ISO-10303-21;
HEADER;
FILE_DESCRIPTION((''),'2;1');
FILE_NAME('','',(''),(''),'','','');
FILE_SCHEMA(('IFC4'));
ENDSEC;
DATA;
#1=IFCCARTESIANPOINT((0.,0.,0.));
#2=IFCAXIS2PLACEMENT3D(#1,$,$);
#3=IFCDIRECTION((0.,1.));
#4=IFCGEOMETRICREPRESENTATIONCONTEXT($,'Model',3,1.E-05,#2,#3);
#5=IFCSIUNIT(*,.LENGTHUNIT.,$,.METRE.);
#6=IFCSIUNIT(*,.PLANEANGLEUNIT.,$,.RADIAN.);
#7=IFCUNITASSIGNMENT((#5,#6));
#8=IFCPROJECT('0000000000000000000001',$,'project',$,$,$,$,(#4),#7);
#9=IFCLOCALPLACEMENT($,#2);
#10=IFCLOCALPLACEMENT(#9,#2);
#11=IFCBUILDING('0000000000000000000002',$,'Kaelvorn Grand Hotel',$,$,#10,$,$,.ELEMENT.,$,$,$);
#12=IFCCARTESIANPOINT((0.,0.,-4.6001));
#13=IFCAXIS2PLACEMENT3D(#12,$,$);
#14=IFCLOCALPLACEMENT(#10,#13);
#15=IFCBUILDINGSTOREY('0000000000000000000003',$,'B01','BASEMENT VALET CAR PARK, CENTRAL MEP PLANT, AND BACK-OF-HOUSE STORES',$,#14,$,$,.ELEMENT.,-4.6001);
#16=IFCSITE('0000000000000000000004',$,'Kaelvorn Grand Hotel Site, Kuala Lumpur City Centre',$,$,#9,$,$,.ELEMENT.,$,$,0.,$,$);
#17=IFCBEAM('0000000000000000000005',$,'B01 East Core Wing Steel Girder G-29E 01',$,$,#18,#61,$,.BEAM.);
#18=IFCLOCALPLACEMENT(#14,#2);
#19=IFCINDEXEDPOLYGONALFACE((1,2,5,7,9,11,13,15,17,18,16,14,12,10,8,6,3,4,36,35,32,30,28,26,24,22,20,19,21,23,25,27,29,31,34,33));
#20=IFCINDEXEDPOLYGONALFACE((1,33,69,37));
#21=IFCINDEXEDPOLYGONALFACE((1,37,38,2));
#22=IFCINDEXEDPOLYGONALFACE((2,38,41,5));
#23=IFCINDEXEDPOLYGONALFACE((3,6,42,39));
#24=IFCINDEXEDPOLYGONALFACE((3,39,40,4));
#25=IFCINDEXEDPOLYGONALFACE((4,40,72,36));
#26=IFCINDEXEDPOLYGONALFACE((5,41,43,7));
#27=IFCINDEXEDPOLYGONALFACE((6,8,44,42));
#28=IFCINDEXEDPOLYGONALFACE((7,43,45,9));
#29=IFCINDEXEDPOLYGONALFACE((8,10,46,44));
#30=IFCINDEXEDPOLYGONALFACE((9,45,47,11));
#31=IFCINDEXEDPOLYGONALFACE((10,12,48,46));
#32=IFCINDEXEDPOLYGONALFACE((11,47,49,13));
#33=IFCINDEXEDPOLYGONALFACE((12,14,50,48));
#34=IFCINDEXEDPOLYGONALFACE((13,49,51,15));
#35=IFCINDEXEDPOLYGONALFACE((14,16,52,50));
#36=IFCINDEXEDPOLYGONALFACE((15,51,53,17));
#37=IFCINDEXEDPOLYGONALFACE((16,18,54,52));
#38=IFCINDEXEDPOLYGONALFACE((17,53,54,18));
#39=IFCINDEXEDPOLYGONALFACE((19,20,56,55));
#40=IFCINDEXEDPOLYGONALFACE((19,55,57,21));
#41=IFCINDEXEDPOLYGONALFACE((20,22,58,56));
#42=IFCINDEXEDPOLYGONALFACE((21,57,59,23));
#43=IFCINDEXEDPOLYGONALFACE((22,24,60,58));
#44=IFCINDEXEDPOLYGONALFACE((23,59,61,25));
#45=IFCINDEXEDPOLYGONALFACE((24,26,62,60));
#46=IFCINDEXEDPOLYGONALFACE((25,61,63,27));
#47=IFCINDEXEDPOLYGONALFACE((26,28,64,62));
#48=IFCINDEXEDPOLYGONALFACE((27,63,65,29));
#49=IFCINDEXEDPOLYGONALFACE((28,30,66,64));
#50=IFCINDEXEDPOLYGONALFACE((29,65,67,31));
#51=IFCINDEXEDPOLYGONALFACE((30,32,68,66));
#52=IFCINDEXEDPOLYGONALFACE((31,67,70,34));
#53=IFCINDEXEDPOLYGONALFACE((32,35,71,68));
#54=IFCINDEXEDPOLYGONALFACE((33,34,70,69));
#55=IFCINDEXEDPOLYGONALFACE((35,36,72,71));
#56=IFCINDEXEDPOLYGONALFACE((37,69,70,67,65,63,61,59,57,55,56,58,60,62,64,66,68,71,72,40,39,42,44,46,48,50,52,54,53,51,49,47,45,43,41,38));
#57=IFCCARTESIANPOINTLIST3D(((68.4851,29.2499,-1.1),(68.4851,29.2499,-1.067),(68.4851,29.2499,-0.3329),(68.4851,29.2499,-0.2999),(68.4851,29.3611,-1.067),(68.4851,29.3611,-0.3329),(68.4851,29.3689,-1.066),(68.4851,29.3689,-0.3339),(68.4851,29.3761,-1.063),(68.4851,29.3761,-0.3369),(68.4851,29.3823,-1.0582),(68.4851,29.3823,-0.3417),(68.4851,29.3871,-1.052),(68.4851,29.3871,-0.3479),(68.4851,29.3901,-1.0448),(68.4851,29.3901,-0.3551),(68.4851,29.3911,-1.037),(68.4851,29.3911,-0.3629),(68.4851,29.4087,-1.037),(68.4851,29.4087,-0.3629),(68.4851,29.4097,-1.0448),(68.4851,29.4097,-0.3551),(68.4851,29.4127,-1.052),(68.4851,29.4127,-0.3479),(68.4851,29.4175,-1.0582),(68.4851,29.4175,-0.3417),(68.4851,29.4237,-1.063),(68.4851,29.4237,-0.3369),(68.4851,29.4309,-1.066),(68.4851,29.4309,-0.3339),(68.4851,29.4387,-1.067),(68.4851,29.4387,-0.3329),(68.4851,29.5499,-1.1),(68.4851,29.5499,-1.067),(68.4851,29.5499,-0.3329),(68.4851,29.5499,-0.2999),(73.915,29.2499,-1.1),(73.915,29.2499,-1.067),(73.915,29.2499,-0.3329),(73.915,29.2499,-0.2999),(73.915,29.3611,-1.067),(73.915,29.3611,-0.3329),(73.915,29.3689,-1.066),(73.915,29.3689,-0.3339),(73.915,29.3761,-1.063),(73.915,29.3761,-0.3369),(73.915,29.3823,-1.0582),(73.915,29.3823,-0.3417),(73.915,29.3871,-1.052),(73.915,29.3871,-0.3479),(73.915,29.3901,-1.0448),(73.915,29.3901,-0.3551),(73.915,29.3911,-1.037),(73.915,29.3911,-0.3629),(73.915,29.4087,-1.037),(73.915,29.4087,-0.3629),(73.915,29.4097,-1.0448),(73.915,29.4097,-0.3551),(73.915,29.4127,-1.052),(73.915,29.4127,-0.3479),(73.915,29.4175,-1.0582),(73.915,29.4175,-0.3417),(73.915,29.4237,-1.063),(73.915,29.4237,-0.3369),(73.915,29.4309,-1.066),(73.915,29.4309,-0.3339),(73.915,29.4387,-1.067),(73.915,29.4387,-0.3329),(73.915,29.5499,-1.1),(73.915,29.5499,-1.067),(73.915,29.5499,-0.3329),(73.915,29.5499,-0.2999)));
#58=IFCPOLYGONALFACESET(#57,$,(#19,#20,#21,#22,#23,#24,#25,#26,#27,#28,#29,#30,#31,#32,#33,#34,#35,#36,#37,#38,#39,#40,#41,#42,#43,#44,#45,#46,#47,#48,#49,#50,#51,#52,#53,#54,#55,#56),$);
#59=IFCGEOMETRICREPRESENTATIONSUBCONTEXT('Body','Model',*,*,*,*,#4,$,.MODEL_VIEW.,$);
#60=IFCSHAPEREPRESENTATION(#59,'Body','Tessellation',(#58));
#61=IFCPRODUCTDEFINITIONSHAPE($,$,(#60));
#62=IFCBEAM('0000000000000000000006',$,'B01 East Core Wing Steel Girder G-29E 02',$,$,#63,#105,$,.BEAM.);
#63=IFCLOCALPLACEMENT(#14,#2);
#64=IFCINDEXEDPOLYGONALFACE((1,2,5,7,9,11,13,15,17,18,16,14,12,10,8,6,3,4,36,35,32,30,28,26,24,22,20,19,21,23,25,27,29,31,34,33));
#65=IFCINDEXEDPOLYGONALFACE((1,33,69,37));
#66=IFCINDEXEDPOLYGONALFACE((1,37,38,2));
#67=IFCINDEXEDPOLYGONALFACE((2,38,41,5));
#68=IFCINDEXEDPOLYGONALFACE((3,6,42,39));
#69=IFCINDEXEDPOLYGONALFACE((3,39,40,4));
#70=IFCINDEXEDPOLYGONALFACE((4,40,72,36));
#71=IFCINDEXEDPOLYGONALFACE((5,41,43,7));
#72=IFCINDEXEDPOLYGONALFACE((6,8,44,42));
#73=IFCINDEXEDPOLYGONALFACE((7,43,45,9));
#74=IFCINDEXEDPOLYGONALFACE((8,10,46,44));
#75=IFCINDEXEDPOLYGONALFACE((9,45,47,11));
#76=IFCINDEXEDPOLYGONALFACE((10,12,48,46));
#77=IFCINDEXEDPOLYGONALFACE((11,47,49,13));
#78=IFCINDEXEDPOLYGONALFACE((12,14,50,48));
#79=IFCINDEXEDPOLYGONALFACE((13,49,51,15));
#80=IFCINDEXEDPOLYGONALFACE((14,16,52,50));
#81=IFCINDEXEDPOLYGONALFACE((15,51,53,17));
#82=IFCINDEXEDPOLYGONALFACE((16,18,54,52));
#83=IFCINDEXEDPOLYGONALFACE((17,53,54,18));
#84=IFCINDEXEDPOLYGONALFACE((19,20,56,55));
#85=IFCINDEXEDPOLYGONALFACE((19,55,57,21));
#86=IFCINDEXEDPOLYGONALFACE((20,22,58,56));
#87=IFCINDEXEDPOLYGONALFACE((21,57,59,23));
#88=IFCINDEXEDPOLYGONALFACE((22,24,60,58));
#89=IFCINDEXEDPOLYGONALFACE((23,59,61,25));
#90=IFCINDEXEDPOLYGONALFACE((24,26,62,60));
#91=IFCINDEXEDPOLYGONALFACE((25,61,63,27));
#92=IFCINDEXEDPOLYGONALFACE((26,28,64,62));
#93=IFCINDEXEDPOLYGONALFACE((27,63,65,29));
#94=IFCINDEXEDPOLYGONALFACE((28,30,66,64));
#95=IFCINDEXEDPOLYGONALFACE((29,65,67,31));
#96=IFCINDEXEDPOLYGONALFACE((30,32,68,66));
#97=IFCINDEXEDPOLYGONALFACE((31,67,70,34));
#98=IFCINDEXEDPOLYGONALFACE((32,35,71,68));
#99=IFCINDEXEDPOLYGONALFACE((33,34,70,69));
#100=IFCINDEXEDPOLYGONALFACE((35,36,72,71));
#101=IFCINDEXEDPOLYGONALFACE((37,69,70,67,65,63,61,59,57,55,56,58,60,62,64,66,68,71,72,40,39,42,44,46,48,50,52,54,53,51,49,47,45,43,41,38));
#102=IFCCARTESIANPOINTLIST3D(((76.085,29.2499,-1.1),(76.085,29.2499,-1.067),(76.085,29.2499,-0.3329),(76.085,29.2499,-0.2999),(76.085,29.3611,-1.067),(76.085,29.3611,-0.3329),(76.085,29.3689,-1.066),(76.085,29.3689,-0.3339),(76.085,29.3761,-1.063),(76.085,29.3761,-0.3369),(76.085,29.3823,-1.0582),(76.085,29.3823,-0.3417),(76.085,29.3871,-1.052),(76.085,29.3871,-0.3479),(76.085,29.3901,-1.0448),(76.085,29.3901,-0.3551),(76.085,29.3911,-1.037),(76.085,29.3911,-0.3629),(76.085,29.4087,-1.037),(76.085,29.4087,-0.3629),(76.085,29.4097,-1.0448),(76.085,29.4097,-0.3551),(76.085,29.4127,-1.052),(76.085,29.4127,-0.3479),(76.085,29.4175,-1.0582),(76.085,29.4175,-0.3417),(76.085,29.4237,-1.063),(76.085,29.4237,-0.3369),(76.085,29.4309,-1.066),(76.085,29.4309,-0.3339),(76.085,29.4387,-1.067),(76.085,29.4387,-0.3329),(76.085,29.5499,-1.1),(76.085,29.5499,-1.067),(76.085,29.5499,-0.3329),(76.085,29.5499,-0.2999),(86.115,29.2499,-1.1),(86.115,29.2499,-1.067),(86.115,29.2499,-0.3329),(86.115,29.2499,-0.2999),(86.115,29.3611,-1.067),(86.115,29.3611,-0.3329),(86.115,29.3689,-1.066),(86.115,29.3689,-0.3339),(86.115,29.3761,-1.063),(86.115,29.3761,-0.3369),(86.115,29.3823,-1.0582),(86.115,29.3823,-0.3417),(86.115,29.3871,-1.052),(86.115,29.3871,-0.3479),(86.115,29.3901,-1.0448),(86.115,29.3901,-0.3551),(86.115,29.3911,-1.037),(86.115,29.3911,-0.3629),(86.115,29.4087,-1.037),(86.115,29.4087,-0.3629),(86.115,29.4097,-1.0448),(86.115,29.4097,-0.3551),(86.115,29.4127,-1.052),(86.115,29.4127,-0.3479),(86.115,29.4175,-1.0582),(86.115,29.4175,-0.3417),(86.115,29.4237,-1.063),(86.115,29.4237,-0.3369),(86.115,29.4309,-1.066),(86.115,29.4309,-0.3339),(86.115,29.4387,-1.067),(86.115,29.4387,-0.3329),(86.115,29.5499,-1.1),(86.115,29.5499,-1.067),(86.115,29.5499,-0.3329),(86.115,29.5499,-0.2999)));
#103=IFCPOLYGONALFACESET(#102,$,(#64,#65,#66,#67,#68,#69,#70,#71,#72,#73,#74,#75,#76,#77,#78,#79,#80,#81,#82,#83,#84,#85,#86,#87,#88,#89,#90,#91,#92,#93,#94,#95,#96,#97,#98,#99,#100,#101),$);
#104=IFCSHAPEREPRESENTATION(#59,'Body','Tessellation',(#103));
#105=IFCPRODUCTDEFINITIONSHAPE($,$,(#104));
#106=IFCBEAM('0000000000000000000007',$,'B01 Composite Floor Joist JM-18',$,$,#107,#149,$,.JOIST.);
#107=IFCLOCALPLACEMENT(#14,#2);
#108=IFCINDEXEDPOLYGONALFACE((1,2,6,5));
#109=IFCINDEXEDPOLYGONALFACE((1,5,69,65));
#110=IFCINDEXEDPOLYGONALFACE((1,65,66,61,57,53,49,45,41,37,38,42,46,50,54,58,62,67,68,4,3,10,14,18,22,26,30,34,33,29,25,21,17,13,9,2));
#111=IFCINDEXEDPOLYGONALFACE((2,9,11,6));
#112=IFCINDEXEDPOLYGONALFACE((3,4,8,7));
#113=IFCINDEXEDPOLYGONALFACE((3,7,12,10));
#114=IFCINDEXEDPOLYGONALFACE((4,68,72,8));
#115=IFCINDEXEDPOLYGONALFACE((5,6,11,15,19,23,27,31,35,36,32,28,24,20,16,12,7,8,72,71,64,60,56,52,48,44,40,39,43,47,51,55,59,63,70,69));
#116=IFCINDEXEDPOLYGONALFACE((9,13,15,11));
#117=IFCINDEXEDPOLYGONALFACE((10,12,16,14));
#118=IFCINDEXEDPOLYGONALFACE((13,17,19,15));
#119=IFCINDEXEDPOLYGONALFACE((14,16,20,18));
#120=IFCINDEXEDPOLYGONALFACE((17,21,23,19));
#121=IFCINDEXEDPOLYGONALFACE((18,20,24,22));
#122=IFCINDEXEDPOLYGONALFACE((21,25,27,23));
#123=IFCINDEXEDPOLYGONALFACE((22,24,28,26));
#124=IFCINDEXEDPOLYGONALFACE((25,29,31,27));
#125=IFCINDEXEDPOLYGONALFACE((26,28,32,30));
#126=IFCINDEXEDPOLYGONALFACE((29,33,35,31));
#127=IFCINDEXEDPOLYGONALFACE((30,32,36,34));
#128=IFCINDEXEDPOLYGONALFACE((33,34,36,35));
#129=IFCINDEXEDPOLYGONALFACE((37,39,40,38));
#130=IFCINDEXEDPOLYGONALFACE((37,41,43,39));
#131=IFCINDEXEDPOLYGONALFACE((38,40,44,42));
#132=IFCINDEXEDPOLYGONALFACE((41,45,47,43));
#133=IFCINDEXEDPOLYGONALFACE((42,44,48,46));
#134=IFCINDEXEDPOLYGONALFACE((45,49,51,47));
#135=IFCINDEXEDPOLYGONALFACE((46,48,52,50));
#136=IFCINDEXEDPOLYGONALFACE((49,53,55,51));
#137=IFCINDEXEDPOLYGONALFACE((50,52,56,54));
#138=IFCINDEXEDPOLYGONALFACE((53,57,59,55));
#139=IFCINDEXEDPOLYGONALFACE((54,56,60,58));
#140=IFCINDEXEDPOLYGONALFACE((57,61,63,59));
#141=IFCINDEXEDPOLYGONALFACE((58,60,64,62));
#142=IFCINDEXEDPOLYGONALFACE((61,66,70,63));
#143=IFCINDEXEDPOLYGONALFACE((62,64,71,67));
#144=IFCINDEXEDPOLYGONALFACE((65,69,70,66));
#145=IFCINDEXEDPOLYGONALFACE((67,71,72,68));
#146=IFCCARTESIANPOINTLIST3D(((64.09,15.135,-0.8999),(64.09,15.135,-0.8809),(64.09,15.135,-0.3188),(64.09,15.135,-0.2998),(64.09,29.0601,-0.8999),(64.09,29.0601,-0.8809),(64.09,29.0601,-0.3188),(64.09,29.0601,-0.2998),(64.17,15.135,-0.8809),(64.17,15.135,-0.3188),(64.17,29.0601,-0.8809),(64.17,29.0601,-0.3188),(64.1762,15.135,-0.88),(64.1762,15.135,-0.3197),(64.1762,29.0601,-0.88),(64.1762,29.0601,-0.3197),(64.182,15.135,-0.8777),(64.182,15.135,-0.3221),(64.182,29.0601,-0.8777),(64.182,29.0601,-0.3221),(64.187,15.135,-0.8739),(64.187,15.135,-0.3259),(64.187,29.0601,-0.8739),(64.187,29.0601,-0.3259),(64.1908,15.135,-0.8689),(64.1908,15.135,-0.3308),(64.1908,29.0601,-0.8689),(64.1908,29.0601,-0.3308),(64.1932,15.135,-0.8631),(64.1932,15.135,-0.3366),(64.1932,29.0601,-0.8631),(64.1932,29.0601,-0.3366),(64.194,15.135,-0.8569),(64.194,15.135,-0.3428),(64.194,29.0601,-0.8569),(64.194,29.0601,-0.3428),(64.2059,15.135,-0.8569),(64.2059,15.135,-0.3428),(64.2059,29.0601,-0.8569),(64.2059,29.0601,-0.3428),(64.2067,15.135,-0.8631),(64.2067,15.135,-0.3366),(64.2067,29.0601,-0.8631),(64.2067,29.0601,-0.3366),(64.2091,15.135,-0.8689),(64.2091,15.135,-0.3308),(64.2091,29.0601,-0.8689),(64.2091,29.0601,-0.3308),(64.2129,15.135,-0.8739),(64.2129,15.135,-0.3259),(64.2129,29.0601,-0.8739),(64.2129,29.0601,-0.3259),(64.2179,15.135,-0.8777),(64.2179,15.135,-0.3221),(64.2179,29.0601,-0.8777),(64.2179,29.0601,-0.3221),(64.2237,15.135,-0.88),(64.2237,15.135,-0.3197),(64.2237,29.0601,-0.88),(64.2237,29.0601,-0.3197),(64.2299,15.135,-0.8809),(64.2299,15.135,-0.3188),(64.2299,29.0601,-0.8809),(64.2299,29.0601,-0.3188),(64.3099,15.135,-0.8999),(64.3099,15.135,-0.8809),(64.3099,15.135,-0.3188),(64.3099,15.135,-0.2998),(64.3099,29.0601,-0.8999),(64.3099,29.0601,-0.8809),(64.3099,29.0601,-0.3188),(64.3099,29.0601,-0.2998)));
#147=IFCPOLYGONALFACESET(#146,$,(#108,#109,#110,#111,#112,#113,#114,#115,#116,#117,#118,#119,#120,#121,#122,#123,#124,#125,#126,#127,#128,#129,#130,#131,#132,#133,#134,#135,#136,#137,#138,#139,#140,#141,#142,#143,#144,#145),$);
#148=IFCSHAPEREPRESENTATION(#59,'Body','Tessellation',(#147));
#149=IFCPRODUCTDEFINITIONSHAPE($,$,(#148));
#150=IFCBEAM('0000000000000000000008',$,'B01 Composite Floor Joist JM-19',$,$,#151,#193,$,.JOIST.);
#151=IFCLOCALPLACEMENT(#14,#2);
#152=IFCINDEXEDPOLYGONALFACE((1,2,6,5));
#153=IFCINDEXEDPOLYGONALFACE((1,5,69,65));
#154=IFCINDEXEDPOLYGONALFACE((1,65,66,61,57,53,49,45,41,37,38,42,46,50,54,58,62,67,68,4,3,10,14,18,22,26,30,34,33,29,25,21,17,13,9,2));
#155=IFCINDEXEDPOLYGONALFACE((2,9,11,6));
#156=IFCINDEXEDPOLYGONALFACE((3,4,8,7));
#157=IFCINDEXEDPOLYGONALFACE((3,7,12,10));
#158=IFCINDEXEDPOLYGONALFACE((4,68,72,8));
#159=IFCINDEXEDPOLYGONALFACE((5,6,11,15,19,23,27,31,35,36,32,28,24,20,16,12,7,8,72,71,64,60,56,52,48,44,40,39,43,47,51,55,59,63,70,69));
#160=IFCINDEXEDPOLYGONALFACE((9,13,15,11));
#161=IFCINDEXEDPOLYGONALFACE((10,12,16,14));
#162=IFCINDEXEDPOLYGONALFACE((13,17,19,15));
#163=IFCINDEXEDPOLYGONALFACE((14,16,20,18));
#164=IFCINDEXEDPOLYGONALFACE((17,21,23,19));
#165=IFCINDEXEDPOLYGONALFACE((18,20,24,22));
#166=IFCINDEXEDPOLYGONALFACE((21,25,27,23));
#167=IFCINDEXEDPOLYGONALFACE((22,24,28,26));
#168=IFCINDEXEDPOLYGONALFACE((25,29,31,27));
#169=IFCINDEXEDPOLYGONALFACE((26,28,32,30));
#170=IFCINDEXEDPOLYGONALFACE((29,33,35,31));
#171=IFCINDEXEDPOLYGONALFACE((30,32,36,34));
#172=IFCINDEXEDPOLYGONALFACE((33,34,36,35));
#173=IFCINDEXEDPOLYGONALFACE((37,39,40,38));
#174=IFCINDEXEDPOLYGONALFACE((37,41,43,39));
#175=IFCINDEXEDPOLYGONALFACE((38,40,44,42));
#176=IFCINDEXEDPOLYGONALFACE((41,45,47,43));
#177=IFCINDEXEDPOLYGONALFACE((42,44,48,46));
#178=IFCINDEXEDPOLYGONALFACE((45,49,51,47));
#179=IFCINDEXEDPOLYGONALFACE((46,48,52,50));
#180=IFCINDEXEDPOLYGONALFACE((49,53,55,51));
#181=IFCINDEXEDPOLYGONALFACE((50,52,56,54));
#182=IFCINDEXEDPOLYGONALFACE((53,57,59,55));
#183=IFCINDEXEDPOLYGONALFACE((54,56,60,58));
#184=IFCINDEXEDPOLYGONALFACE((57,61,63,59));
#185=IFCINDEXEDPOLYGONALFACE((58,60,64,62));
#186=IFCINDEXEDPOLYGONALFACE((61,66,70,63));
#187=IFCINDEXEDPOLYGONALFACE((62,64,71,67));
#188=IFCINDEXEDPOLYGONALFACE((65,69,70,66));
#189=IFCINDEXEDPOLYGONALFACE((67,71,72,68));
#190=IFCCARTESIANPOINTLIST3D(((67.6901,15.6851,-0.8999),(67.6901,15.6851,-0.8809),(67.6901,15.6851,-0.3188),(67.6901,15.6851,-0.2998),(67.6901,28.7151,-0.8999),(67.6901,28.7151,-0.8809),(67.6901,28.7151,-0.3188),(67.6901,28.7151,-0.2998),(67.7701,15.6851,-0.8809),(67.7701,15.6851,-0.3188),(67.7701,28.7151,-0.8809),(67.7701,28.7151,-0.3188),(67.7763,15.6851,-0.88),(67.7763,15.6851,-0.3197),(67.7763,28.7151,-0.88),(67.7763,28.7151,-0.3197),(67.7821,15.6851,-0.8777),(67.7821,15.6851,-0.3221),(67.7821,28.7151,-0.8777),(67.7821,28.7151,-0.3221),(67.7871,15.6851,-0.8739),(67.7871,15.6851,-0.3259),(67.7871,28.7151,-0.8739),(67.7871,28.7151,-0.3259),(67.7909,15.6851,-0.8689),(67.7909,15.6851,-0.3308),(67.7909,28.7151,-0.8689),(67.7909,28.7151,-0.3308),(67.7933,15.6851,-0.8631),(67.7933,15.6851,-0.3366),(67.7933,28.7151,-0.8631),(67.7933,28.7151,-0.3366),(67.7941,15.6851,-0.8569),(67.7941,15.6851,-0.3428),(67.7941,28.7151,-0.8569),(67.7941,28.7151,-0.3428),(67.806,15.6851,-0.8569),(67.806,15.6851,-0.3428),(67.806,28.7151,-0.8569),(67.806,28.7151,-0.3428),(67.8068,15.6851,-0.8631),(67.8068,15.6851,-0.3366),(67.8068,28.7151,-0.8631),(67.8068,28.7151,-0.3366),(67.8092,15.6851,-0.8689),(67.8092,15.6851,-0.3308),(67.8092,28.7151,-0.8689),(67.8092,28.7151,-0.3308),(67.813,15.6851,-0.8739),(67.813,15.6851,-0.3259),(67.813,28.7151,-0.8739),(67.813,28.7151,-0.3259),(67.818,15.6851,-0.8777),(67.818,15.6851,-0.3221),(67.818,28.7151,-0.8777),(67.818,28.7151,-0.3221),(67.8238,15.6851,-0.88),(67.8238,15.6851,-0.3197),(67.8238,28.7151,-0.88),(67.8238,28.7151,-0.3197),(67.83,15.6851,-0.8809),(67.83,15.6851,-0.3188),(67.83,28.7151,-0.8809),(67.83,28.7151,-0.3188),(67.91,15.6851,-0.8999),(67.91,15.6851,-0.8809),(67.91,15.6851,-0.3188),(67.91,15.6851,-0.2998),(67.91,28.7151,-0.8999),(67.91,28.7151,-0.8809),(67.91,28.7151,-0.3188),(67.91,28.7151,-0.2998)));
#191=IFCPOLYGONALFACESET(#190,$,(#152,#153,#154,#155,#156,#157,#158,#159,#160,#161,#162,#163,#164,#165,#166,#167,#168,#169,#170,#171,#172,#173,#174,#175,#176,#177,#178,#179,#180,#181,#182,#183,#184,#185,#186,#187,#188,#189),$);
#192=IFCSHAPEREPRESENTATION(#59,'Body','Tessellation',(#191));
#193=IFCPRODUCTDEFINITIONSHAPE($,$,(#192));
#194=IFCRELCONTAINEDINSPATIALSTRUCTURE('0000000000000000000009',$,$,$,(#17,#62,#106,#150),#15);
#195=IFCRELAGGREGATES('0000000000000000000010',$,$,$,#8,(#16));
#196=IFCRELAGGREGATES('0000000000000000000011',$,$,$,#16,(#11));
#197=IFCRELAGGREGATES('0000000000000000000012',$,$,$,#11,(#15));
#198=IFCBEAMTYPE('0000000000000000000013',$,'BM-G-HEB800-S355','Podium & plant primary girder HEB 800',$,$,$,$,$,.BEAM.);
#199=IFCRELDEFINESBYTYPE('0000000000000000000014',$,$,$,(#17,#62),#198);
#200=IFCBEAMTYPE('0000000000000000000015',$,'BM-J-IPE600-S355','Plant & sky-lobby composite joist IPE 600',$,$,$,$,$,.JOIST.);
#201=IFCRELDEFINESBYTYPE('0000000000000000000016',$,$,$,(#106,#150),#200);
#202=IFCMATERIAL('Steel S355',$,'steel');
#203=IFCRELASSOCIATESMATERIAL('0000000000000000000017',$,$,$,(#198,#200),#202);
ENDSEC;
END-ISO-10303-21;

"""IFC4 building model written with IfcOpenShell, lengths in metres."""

from ifc_helpers import new_model, si_unit, direction, frame, origin, origin_2d, place, context, subcontext, project, spatial, i_section, extrude, material, material_profile, profile_set, type_object, element, save


model = new_model("IFC4")

# Units and contexts
model_context = context("Model", 3, precision=1e-05, world=origin(), true_north=direction((0.0, 1.0)))
body_context = subcontext(model_context, "Body", "Model", "MODEL_VIEW")
ifc_project = project(units=[si_unit("LENGTHUNIT", "METRE"), si_unit("PLANEANGLEUNIT", "RADIAN")], contexts=[model_context])

# Site, building, storey
site_placement = place(None, origin())
site = spatial("IfcSite", under=ifc_project, at=site_placement, Name="Kaelvorn Grand Hotel Site, Kuala Lumpur City Centre", CompositionType="ELEMENT", RefElevation=0.0)
building_placement = place(site_placement, origin())
building = spatial("IfcBuilding", under=site, at=building_placement, Name="Kaelvorn Grand Hotel", CompositionType="ELEMENT")
storey_placement = place(building_placement, frame((0.0, 0.0, -4.6001)))
storey = spatial("IfcBuildingStorey", under=building, at=storey_placement, Name="B01", Description="BASEMENT VALET CAR PARK, CENTRAL MEP PLANT, AND BACK-OF-HOUSE STORES", CompositionType="ELEMENT", Elevation=-4.6001)

# Beams
ifc_material_1 = material(Name="Steel S355", Category="steel")
ifc_material_profile_1 = material_profile(ifc_material_1, i_section(OverallWidth=0.3, OverallDepth=0.8, WebThickness=0.0176, FlangeThickness=0.033, FilletRadius=0.03, at=origin_2d()), Name="HEB 800")
ifc_profile_set_1 = profile_set([ifc_material_profile_1], Name="Steel S355")
beam_type_1 = type_object("IfcBeamType", Name="BM-G-HEB800-S355", Description="Podium & plant primary girder HEB 800", PredefinedType="BEAM", material=ifc_profile_set_1)
beam_1_placement = place(storey_placement, frame((68.4851, 29.3999, -0.7), z_axis=(1.0, 0.0, 0.0), x_axis=(0.0, 1.0, 0.0)))
element("IfcBeam", 1, at=beam_1_placement, inside=storey, type_object=beam_type_1, Name="B01 East Core Wing Steel Girder G-29E 01", PredefinedType="BEAM", context=body_context, shape_type="SweptSolid", body=[
    extrude(i_section(OverallWidth=0.3, OverallDepth=0.8, WebThickness=0.0176, FlangeThickness=0.033, FilletRadius=0.03, at=origin_2d()), origin(), (0.0, 0.0, 1.0), 5.4299),
])
beam_2_placement = place(storey_placement, frame((76.085, 29.3999, -0.7), z_axis=(1.0, 0.0, 0.0), x_axis=(0.0, 1.0, 0.0)))
element("IfcBeam", 2, at=beam_2_placement, inside=storey, type_object=beam_type_1, Name="B01 East Core Wing Steel Girder G-29E 02", PredefinedType="BEAM", context=body_context, shape_type="SweptSolid", body=[
    extrude(i_section(OverallWidth=0.3, OverallDepth=0.8, WebThickness=0.0176, FlangeThickness=0.033, FilletRadius=0.03, at=origin_2d()), origin(), (0.0, 0.0, 1.0), 10.03),
])
ifc_material_profile_2 = material_profile(ifc_material_1, i_section(OverallWidth=0.22, OverallDepth=0.6001, WebThickness=0.012, FlangeThickness=0.019, FilletRadius=0.0239, at=origin_2d()), Name="IPE 600")
ifc_profile_set_2 = profile_set([ifc_material_profile_2], Name="Steel S355")
beam_type_2 = type_object("IfcBeamType", Name="BM-J-IPE600-S355", Description="Plant & sky-lobby composite joist IPE 600", PredefinedType="JOIST", material=ifc_profile_set_2)
beam_3_placement = place(storey_placement, frame((64.2, 15.135, -0.5999), z_axis=(0.0, 1.0, 0.0), x_axis=(-1.0, 0.0, 0.0)))
element("IfcBeam", 3, at=beam_3_placement, inside=storey, type_object=beam_type_2, Name="B01 Composite Floor Joist JM-18", PredefinedType="JOIST", context=body_context, shape_type="SweptSolid", body=[
    extrude(i_section(OverallWidth=0.22, OverallDepth=0.6001, WebThickness=0.012, FlangeThickness=0.019, FilletRadius=0.0239, at=origin_2d()), origin(), (0.0, 0.0, 1.0), 13.925),
])
beam_4_placement = place(storey_placement, frame((67.8, 15.6851, -0.5999), z_axis=(0.0, 1.0, 0.0), x_axis=(-1.0, 0.0, 0.0)))
element("IfcBeam", 4, at=beam_4_placement, inside=storey, type_object=beam_type_2, Name="B01 Composite Floor Joist JM-19", PredefinedType="JOIST", context=body_context, shape_type="SweptSolid", body=[
    extrude(i_section(OverallWidth=0.22, OverallDepth=0.6001, WebThickness=0.012, FlangeThickness=0.019, FilletRadius=0.0239, at=origin_2d()), origin(), (0.0, 0.0, 1.0), 13.03),
])

save(model, "model.ifc")
